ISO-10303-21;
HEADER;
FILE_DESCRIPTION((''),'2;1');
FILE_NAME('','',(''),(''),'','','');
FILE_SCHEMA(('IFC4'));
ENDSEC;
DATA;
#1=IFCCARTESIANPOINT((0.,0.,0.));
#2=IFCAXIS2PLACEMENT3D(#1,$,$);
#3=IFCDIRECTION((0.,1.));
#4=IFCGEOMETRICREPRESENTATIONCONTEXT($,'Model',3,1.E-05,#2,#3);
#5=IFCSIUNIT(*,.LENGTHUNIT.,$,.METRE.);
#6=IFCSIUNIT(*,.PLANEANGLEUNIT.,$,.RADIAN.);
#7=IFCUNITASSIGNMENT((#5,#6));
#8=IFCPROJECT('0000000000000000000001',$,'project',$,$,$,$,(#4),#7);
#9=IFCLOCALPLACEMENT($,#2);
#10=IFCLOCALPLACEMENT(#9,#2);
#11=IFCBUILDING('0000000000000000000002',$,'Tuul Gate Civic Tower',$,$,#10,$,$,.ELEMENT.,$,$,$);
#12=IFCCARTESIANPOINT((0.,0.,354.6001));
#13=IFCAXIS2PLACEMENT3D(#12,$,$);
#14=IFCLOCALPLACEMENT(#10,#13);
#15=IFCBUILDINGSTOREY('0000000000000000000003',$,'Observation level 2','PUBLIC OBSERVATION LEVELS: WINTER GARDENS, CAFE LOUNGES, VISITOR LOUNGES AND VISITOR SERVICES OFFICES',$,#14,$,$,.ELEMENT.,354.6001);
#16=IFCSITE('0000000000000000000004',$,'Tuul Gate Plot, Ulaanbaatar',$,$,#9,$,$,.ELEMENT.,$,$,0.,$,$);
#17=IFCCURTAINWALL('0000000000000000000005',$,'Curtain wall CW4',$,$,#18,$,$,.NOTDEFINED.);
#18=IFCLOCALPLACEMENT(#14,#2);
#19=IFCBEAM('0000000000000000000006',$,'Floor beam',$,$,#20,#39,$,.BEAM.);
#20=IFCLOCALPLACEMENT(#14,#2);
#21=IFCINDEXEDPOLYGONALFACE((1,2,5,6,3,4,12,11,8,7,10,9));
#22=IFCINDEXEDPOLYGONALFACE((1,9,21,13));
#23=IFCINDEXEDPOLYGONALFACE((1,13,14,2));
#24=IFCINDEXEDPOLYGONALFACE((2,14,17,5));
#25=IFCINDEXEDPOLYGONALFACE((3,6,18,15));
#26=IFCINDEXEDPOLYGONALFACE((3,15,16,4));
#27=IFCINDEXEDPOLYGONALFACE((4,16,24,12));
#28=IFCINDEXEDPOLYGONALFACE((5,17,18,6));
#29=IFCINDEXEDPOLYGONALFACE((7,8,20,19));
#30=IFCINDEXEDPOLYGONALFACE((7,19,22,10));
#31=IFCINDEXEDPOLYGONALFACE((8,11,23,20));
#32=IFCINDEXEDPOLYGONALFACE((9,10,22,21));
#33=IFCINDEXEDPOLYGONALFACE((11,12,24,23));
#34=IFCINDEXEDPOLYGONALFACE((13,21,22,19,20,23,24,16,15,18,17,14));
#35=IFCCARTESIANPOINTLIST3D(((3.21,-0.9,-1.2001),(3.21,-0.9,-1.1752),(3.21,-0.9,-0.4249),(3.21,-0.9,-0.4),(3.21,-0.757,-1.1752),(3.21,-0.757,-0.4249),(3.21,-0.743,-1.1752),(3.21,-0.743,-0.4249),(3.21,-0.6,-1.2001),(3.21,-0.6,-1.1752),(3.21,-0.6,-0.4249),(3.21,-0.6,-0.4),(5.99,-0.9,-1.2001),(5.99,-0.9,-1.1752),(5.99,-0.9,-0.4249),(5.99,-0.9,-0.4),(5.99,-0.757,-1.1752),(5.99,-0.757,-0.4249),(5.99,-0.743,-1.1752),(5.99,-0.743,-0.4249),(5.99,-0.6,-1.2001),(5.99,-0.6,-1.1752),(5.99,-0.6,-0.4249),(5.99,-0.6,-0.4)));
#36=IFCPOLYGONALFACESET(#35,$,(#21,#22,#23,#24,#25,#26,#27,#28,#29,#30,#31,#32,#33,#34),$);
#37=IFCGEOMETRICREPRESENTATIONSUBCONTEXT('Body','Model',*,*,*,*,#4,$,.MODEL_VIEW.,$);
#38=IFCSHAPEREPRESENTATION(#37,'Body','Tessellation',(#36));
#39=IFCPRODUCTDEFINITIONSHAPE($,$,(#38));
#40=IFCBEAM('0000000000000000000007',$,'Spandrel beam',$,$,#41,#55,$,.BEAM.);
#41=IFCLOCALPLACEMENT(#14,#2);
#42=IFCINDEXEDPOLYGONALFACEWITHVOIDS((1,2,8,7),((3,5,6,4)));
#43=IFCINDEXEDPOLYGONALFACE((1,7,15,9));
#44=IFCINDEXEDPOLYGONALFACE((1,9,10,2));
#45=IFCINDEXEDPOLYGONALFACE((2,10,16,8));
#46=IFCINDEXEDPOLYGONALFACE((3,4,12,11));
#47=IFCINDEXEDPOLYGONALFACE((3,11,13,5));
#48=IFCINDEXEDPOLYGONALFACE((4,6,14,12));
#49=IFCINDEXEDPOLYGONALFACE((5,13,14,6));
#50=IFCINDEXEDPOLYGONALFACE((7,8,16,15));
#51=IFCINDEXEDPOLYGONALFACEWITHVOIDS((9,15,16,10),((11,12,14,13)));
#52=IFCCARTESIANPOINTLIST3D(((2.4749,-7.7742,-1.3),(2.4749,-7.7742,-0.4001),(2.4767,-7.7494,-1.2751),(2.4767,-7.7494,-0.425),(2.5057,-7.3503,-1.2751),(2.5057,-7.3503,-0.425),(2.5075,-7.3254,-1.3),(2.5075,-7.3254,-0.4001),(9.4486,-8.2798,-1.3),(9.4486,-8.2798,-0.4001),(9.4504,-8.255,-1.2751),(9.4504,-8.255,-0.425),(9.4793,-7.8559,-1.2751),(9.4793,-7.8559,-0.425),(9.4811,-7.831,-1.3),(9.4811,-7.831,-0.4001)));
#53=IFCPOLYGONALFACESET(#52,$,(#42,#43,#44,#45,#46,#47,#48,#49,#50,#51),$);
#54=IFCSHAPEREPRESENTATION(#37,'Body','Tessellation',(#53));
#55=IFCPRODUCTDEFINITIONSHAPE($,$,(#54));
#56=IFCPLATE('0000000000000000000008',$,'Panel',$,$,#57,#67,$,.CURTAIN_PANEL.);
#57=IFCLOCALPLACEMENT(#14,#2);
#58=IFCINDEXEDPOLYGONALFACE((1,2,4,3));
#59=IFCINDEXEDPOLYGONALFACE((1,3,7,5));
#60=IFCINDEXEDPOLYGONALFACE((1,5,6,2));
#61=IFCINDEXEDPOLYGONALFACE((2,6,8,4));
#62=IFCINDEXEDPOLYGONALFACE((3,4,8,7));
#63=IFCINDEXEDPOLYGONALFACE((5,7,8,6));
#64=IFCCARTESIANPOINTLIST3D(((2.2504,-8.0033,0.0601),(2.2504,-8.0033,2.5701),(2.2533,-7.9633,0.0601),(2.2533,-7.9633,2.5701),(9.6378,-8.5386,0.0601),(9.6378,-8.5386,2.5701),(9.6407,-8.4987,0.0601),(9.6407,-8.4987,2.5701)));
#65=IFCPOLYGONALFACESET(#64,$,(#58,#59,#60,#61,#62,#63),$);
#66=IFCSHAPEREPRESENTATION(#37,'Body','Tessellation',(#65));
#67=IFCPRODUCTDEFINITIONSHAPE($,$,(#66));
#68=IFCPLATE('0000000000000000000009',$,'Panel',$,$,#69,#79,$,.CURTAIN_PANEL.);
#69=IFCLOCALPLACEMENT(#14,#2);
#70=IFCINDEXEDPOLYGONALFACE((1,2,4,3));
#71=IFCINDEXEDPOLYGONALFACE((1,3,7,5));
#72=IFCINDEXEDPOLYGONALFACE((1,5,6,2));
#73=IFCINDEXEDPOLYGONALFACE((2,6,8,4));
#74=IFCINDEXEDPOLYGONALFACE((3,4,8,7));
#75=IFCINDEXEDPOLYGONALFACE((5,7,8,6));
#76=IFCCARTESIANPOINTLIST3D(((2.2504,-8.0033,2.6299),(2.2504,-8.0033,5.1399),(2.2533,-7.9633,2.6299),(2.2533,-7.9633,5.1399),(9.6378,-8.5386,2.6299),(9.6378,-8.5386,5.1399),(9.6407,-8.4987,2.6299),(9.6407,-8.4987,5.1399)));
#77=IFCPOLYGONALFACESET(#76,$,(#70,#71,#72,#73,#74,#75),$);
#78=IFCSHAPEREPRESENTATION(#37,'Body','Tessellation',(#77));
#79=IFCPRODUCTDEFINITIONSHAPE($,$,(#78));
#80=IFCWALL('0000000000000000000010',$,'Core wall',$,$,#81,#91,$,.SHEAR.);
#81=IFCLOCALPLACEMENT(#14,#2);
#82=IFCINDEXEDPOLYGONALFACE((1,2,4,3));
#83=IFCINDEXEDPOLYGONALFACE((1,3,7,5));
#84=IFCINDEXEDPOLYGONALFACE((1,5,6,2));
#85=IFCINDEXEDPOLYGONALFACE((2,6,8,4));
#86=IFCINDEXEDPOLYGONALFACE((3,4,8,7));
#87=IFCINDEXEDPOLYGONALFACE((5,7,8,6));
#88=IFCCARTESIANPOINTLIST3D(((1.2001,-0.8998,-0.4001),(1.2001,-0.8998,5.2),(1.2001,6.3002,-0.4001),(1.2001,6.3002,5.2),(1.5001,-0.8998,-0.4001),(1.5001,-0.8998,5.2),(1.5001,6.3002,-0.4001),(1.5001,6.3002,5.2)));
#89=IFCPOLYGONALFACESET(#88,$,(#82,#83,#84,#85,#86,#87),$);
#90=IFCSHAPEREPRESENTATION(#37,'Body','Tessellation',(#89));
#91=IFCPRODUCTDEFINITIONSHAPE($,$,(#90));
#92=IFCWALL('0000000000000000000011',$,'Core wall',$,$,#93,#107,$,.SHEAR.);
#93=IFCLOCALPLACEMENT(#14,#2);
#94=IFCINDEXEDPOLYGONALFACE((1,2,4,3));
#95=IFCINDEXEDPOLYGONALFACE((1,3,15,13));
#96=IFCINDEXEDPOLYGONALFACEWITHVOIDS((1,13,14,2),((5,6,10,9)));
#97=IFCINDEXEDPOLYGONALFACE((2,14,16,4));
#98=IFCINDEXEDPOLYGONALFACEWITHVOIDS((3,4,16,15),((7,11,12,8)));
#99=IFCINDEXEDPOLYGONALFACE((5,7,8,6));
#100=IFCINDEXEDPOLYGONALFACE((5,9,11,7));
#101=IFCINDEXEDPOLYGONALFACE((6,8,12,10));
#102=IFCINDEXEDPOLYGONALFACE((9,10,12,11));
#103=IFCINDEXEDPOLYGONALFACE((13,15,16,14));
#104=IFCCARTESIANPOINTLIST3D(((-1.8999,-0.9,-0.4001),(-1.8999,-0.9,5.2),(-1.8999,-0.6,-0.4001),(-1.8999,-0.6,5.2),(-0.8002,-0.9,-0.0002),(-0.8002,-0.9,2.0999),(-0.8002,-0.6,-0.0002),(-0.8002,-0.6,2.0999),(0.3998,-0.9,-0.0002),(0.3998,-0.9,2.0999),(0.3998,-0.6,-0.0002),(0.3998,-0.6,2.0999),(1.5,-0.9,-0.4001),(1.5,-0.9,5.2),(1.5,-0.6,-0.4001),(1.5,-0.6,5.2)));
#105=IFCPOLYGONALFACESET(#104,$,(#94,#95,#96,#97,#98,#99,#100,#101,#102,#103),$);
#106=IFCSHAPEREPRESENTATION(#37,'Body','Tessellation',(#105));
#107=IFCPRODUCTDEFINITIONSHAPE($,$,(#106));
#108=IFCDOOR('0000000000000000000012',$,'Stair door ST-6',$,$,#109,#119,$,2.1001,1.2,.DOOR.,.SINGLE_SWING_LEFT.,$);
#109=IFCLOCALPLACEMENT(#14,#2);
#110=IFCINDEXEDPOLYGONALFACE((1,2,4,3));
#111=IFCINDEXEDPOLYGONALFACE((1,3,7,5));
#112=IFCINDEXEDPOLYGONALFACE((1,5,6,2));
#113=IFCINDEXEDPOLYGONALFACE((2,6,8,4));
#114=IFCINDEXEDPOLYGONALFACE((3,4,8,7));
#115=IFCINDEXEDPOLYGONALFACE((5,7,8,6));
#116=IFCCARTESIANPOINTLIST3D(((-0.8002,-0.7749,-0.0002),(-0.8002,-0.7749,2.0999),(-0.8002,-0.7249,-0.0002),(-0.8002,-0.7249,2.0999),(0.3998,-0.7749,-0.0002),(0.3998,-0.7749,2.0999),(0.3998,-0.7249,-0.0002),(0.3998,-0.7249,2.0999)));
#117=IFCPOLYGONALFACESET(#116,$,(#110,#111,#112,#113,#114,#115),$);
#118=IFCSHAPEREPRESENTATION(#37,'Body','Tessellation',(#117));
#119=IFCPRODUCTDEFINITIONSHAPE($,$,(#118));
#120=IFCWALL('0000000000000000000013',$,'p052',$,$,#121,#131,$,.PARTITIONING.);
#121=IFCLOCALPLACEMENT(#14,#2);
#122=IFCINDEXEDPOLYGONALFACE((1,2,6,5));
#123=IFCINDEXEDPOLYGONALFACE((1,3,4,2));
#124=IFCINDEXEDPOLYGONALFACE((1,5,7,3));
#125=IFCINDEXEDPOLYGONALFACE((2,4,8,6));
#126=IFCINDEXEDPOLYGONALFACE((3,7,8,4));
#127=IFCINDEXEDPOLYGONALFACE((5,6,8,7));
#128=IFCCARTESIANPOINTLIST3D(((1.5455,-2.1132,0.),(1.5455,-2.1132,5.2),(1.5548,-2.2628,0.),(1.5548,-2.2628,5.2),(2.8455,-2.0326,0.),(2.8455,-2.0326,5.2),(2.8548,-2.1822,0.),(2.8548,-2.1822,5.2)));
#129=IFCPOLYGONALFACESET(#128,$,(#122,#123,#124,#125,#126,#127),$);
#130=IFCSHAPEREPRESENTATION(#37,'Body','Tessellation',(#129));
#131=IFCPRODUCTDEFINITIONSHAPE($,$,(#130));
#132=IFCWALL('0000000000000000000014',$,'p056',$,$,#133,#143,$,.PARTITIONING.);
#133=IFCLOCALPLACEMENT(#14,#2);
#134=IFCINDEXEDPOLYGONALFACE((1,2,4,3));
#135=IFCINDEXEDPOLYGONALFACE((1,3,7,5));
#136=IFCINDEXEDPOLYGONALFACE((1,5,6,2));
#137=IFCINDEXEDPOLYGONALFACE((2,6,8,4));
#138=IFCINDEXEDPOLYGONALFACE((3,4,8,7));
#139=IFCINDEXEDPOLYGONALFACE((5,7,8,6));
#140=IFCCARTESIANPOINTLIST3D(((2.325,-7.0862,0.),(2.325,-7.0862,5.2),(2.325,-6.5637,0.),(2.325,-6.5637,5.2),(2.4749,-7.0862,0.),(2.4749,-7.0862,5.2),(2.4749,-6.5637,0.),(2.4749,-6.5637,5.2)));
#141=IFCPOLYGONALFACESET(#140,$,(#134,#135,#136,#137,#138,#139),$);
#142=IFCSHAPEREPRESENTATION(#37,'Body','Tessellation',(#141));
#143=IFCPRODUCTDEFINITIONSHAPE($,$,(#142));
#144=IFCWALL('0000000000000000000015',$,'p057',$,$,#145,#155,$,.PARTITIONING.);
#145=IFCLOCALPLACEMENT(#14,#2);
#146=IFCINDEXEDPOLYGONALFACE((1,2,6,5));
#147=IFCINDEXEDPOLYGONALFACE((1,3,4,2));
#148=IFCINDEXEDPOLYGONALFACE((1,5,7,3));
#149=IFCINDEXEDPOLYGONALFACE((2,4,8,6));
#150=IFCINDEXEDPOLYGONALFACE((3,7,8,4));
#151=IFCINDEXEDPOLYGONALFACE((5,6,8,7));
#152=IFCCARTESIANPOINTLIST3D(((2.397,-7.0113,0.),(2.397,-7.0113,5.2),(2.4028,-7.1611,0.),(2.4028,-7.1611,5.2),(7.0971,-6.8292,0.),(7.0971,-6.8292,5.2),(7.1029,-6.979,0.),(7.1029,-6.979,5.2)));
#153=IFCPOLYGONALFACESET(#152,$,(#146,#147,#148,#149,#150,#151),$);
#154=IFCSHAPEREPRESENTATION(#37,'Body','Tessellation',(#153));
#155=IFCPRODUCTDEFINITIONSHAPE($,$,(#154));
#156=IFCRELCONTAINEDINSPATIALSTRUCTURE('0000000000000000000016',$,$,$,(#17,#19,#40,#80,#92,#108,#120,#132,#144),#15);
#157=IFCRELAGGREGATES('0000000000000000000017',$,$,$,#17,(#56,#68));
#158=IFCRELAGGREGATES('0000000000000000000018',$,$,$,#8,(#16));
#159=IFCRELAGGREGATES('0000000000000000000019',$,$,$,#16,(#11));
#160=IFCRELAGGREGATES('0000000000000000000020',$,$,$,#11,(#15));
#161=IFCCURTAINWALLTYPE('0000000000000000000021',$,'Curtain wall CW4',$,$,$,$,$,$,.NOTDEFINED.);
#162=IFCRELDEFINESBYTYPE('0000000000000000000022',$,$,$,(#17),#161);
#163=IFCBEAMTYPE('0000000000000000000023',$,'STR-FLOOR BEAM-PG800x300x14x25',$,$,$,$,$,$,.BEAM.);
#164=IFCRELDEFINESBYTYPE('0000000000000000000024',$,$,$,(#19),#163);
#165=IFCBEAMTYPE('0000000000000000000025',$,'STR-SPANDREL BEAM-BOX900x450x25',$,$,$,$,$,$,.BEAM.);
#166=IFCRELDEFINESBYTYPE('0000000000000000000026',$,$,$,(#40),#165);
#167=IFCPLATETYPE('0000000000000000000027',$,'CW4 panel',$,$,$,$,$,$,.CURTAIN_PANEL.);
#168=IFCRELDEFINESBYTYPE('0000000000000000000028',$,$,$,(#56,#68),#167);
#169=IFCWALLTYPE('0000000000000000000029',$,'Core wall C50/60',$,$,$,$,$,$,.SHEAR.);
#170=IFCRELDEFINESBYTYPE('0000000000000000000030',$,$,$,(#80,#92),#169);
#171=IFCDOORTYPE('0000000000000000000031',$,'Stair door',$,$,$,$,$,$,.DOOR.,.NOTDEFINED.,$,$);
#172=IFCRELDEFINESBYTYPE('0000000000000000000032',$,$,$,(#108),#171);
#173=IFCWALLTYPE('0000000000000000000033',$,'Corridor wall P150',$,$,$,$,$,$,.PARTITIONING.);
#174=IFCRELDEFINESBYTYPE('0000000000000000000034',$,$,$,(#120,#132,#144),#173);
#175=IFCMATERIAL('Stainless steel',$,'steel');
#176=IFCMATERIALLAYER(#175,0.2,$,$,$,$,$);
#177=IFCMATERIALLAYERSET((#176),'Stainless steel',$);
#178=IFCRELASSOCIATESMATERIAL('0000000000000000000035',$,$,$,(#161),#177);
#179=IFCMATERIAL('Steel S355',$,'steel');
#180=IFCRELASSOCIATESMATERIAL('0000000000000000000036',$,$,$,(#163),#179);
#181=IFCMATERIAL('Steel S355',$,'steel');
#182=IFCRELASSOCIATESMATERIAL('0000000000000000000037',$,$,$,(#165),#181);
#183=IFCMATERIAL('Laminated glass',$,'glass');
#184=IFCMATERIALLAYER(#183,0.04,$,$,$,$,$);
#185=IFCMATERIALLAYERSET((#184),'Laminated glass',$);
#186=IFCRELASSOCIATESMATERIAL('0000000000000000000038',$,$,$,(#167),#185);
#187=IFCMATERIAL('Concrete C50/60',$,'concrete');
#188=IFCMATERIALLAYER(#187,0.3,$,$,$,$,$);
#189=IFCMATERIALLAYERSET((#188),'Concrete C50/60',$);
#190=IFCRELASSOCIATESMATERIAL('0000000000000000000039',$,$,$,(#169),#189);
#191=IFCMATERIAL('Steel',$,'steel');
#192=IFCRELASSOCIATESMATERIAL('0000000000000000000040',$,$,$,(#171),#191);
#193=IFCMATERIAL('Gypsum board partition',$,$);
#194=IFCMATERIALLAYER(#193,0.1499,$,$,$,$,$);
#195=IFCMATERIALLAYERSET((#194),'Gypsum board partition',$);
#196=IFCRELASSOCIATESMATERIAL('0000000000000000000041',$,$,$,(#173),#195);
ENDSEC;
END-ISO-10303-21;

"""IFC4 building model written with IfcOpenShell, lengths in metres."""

from ifc_helpers import new_model, si_unit, direction, frame, frame_2d, origin, origin_2d, place, context, subcontext, project, spatial, rectangle, hollow_rectangle, i_section, extrude, material, layer, layer_set, material_profile, profile_set, type_object, element, fill, aggregate, save


model = new_model("IFC4")

# Units and contexts
model_context = context("Model", 3, precision=1e-05, world=origin(), true_north=direction((0.0, 1.0)))
body_context = subcontext(model_context, "Body", "Model", "MODEL_VIEW")
ifc_project = project(units=[si_unit("LENGTHUNIT", "METRE"), si_unit("PLANEANGLEUNIT", "RADIAN")], contexts=[model_context])

# Site, building, storey
site_placement = place(None, origin())
site = spatial("IfcSite", under=ifc_project, at=site_placement, Name="Tuul Gate Plot, Ulaanbaatar", CompositionType="ELEMENT", RefElevation=0.0)
building_placement = place(site_placement, origin())
building = spatial("IfcBuilding", under=site, at=building_placement, Name="Tuul Gate Civic Tower", CompositionType="ELEMENT")
storey_placement = place(building_placement, frame((0.0, 0.0, 354.6001)))
storey = spatial("IfcBuildingStorey", under=building, at=storey_placement, Name="Observation level 2", Description="PUBLIC OBSERVATION LEVELS: WINTER GARDENS, CAFE LOUNGES, VISITOR LOUNGES AND VISITOR SERVICES OFFICES", CompositionType="ELEMENT", Elevation=354.6001)

# Shared definitions
ifc_material_1 = material(Name="Stainless steel", Category="steel")
ifc_layer_1 = layer(ifc_material_1, 0.2)
ifc_layer_set_1 = layer_set([ifc_layer_1], Name="Stainless steel")
curtain_wall_type = type_object("IfcCurtainWallType", Name="Curtain wall CW4", PredefinedType="NOTDEFINED", material=ifc_layer_set_1)

# Curtain wall
curtain_wall_1_placement = place(storey_placement, origin())
curtain_wall_1 = element("IfcCurtainWall", 1, at=curtain_wall_1_placement, inside=storey, type_object=curtain_wall_type, Name="Curtain wall CW4", PredefinedType="NOTDEFINED")

# Beams
ifc_material_2 = material(Name="Steel S355", Category="steel")
ifc_material_profile_1 = material_profile(ifc_material_2, i_section(OverallWidth=0.3, OverallDepth=0.8, WebThickness=0.0139, FlangeThickness=0.0249, at=origin_2d()), Name="PG800x300x14x25")
ifc_profile_set_1 = profile_set([ifc_material_profile_1], Name="Steel S355")
beam_type_1 = type_object("IfcBeamType", Name="STR-FLOOR BEAM-PG800x300x14x25", PredefinedType="BEAM", material=ifc_profile_set_1)
beam_1_placement = place(storey_placement, frame((3.21, -0.75, -0.8), z_axis=(1.0, 0.0, 0.0), x_axis=(0.0, 1.0, 0.0)))
element("IfcBeam", 2, at=beam_1_placement, inside=storey, type_object=beam_type_1, Name="Floor beam", PredefinedType="BEAM", context=body_context, shape_type="SweptSolid", body=[
    extrude(i_section(OverallWidth=0.3, OverallDepth=0.8, WebThickness=0.0139, FlangeThickness=0.0249, at=origin_2d()), origin(), (0.0, 0.0, 1.0), 2.78),
])
ifc_material_3 = material(Name="Steel S355", Category="steel")
ifc_material_profile_2 = material_profile(ifc_material_3, hollow_rectangle(XDim=0.45, YDim=0.8999, WallThickness=0.0249, at=origin_2d()), Name="BOX900x450x25")
ifc_profile_set_2 = profile_set([ifc_material_profile_2], Name="Steel S355")
beam_type_2 = type_object("IfcBeamType", Name="STR-SPANDREL BEAM-BOX900x450x25", PredefinedType="BEAM", material=ifc_profile_set_2)
beam_2_placement = place(storey_placement, frame((2.4912, -7.5498, -0.8501), z_axis=(0.997382, -0.072314, 0.0), x_axis=(0.072314, 0.997382, 0.0)))
element("IfcBeam", 3, at=beam_2_placement, inside=storey, type_object=beam_type_2, Name="Spandrel beam", PredefinedType="BEAM", context=body_context, shape_type="SweptSolid", body=[
    extrude(hollow_rectangle(XDim=0.45, YDim=0.8999, WallThickness=0.0249, at=origin_2d()), origin(), (0.0, 0.0, 1.0), 6.9919),
])

# Plates
ifc_material_4 = material(Name="Laminated glass", Category="glass")
ifc_layer_2 = layer(ifc_material_4, 0.04)
ifc_layer_set_2 = layer_set([ifc_layer_2], Name="Laminated glass")
plate_type = type_object("IfcPlateType", Name="CW4 panel", PredefinedType="CURTAIN_PANEL", material=ifc_layer_set_2)
plate_1_placement = place(storey_placement, frame((5.9456, -8.251, 0.0601), z_axis=(0.0, 0.0, 1.0), x_axis=(0.997385, -0.072276, 0.0)))
plate_1 = element("IfcPlate", 4, at=plate_1_placement, type_object=plate_type, Name="Panel", PredefinedType="CURTAIN_PANEL", context=body_context, shape_type="SweptSolid", body=[
    extrude(rectangle(XDim=7.4067, YDim=0.04, at=origin_2d()), origin(), (0.0, 0.0, 1.0), 2.51),
])
plate_2_placement = place(storey_placement, frame((5.9456, -8.251, 2.6299), z_axis=(0.0, 0.0, 1.0), x_axis=(0.997385, -0.072276, 0.0)))
plate_2 = element("IfcPlate", 5, at=plate_2_placement, type_object=plate_type, Name="Panel", PredefinedType="CURTAIN_PANEL", context=body_context, shape_type="SweptSolid", body=[
    extrude(rectangle(XDim=7.4067, YDim=0.04, at=origin_2d()), origin(), (0.0, 0.0, 1.0), 2.51),
])
aggregate(curtain_wall_1, [plate_1, plate_2])

# Wall
ifc_material_5 = material(Name="Concrete C50/60", Category="concrete")
ifc_layer_3 = layer(ifc_material_5, 0.3)
ifc_layer_set_3 = layer_set([ifc_layer_3], Name="Concrete C50/60")
wall_type_1 = type_object("IfcWallType", Name="Core wall C50/60", PredefinedType="SHEAR", material=ifc_layer_set_3)
wall_1_placement = place(storey_placement, frame((1.3501, -0.8999, -0.4001), z_axis=(0.0, 0.0, 1.0), x_axis=(0.0, 1.0, 0.0)))
element("IfcWall", 6, at=wall_1_placement, inside=storey, type_object=wall_type_1, Name="Core wall", PredefinedType="SHEAR", context=body_context, shape_type="SweptSolid", body=[
    extrude(rectangle(XDim=7.2, YDim=0.3, at=frame_2d((3.6001, 0.0))), origin(), (0.0, 0.0, 1.0), 5.6001),
])

# Wall, opening, door
wall_2_placement = place(storey_placement, frame((1.5, -0.75, -0.4001), z_axis=(0.0, 0.0, 1.0), x_axis=(-1.0, 0.0, 0.0)))
wall_2 = element("IfcWall", 7, at=wall_2_placement, inside=storey, type_object=wall_type_1, Name="Core wall", PredefinedType="SHEAR", context=body_context, shape_type="SweptSolid", body=[
    extrude(rectangle(XDim=3.3999, YDim=0.3, at=frame_2d((1.7, 0.0))), origin(), (0.0, 0.0, 1.0), 5.6001),
])
opening_1_placement = place(wall_2_placement, frame((1.1001, 0.0, 0.3999)))
opening_1 = element("IfcOpeningElement", 8, at=opening_1_placement, cuts=wall_2, PredefinedType="OPENING", context=body_context, shape_type="SweptSolid", body=[
    extrude(rectangle(XDim=1.2, YDim=2.1001, at=frame_2d((0.6001, 1.05))), frame((0.0, 0.1602, 0.0), z_axis=(0.0, -1.0, 0.0), x_axis=(1.0, 0.0, 0.0)), (0.0, 0.0, 1.0), 0.3201),
])
ifc_material_6 = material(Name="Steel", Category="steel")
door_type_1 = type_object("IfcDoorType", Name="Stair door", OperationType="NOTDEFINED", PredefinedType="DOOR", material=ifc_material_6)
door_1_placement = place(opening_1_placement, origin())
door_1 = element("IfcDoor", 9, at=door_1_placement, inside=storey, type_object=door_type_1, Name="Stair door ST-6", OperationType="SINGLE_SWING_LEFT", OverallHeight=2.1001, OverallWidth=1.2, PredefinedType="DOOR", context=body_context, shape_type="SweptSolid", body=[
    extrude(rectangle(XDim=1.2, YDim=2.1001, at=frame_2d((0.6001, 1.05))), frame((0.0, 0.0249, 0.0), z_axis=(0.0, -1.0, 0.0), x_axis=(1.0, 0.0, 0.0)), (0.0, 0.0, 1.0), 0.05),
])
fill(opening_1, door_1)

# Walls
ifc_material_7 = material(Name="Gypsum board partition")
ifc_layer_4 = layer(ifc_material_7, 0.1499)
ifc_layer_set_4 = layer_set([ifc_layer_4], Name="Gypsum board partition")
wall_type_2 = type_object("IfcWallType", Name="Corridor wall P150", PredefinedType="PARTITIONING", material=ifc_layer_set_4)
wall_3_placement = place(storey_placement, frame((1.55, -2.188, 0.0), z_axis=(0.0, 0.0, 1.0), x_axis=(0.998085, 0.061853, 0.0)))
element("IfcWall", 10, at=wall_3_placement, inside=storey, type_object=wall_type_2, Name="p052", PredefinedType="PARTITIONING", context=body_context, shape_type="SweptSolid", body=[
    extrude(rectangle(XDim=1.3025, YDim=0.1499, at=frame_2d((0.6514, 0.0))), origin(), (0.0, 0.0, 1.0), 5.2),
])
wall_4_placement = place(storey_placement, frame((2.3999, -6.5637, 0.0), z_axis=(0.0, 0.0, 1.0), x_axis=(0.0, -1.0, 0.0)))
element("IfcWall", 11, at=wall_4_placement, inside=storey, type_object=wall_type_2, Name="p056", PredefinedType="PARTITIONING", context=body_context, shape_type="SweptSolid", body=[
    extrude(rectangle(XDim=0.5225, YDim=0.1499, at=frame_2d((0.2612, 0.0))), origin(), (0.0, 0.0, 1.0), 5.2),
])
wall_5_placement = place(storey_placement, frame((2.3999, -7.0862, 0.0), z_axis=(0.0, 0.0, 1.0), x_axis=(0.99925, 0.03872, 0.0)))
element("IfcWall", 12, at=wall_5_placement, inside=storey, type_object=wall_type_2, Name="p057", PredefinedType="PARTITIONING", context=body_context, shape_type="SweptSolid", body=[
    extrude(rectangle(XDim=4.7036, YDim=0.1499, at=frame_2d((2.3518, 0.0))), origin(), (0.0, 0.0, 1.0), 5.2),
])

save(model, "model.ifc")
